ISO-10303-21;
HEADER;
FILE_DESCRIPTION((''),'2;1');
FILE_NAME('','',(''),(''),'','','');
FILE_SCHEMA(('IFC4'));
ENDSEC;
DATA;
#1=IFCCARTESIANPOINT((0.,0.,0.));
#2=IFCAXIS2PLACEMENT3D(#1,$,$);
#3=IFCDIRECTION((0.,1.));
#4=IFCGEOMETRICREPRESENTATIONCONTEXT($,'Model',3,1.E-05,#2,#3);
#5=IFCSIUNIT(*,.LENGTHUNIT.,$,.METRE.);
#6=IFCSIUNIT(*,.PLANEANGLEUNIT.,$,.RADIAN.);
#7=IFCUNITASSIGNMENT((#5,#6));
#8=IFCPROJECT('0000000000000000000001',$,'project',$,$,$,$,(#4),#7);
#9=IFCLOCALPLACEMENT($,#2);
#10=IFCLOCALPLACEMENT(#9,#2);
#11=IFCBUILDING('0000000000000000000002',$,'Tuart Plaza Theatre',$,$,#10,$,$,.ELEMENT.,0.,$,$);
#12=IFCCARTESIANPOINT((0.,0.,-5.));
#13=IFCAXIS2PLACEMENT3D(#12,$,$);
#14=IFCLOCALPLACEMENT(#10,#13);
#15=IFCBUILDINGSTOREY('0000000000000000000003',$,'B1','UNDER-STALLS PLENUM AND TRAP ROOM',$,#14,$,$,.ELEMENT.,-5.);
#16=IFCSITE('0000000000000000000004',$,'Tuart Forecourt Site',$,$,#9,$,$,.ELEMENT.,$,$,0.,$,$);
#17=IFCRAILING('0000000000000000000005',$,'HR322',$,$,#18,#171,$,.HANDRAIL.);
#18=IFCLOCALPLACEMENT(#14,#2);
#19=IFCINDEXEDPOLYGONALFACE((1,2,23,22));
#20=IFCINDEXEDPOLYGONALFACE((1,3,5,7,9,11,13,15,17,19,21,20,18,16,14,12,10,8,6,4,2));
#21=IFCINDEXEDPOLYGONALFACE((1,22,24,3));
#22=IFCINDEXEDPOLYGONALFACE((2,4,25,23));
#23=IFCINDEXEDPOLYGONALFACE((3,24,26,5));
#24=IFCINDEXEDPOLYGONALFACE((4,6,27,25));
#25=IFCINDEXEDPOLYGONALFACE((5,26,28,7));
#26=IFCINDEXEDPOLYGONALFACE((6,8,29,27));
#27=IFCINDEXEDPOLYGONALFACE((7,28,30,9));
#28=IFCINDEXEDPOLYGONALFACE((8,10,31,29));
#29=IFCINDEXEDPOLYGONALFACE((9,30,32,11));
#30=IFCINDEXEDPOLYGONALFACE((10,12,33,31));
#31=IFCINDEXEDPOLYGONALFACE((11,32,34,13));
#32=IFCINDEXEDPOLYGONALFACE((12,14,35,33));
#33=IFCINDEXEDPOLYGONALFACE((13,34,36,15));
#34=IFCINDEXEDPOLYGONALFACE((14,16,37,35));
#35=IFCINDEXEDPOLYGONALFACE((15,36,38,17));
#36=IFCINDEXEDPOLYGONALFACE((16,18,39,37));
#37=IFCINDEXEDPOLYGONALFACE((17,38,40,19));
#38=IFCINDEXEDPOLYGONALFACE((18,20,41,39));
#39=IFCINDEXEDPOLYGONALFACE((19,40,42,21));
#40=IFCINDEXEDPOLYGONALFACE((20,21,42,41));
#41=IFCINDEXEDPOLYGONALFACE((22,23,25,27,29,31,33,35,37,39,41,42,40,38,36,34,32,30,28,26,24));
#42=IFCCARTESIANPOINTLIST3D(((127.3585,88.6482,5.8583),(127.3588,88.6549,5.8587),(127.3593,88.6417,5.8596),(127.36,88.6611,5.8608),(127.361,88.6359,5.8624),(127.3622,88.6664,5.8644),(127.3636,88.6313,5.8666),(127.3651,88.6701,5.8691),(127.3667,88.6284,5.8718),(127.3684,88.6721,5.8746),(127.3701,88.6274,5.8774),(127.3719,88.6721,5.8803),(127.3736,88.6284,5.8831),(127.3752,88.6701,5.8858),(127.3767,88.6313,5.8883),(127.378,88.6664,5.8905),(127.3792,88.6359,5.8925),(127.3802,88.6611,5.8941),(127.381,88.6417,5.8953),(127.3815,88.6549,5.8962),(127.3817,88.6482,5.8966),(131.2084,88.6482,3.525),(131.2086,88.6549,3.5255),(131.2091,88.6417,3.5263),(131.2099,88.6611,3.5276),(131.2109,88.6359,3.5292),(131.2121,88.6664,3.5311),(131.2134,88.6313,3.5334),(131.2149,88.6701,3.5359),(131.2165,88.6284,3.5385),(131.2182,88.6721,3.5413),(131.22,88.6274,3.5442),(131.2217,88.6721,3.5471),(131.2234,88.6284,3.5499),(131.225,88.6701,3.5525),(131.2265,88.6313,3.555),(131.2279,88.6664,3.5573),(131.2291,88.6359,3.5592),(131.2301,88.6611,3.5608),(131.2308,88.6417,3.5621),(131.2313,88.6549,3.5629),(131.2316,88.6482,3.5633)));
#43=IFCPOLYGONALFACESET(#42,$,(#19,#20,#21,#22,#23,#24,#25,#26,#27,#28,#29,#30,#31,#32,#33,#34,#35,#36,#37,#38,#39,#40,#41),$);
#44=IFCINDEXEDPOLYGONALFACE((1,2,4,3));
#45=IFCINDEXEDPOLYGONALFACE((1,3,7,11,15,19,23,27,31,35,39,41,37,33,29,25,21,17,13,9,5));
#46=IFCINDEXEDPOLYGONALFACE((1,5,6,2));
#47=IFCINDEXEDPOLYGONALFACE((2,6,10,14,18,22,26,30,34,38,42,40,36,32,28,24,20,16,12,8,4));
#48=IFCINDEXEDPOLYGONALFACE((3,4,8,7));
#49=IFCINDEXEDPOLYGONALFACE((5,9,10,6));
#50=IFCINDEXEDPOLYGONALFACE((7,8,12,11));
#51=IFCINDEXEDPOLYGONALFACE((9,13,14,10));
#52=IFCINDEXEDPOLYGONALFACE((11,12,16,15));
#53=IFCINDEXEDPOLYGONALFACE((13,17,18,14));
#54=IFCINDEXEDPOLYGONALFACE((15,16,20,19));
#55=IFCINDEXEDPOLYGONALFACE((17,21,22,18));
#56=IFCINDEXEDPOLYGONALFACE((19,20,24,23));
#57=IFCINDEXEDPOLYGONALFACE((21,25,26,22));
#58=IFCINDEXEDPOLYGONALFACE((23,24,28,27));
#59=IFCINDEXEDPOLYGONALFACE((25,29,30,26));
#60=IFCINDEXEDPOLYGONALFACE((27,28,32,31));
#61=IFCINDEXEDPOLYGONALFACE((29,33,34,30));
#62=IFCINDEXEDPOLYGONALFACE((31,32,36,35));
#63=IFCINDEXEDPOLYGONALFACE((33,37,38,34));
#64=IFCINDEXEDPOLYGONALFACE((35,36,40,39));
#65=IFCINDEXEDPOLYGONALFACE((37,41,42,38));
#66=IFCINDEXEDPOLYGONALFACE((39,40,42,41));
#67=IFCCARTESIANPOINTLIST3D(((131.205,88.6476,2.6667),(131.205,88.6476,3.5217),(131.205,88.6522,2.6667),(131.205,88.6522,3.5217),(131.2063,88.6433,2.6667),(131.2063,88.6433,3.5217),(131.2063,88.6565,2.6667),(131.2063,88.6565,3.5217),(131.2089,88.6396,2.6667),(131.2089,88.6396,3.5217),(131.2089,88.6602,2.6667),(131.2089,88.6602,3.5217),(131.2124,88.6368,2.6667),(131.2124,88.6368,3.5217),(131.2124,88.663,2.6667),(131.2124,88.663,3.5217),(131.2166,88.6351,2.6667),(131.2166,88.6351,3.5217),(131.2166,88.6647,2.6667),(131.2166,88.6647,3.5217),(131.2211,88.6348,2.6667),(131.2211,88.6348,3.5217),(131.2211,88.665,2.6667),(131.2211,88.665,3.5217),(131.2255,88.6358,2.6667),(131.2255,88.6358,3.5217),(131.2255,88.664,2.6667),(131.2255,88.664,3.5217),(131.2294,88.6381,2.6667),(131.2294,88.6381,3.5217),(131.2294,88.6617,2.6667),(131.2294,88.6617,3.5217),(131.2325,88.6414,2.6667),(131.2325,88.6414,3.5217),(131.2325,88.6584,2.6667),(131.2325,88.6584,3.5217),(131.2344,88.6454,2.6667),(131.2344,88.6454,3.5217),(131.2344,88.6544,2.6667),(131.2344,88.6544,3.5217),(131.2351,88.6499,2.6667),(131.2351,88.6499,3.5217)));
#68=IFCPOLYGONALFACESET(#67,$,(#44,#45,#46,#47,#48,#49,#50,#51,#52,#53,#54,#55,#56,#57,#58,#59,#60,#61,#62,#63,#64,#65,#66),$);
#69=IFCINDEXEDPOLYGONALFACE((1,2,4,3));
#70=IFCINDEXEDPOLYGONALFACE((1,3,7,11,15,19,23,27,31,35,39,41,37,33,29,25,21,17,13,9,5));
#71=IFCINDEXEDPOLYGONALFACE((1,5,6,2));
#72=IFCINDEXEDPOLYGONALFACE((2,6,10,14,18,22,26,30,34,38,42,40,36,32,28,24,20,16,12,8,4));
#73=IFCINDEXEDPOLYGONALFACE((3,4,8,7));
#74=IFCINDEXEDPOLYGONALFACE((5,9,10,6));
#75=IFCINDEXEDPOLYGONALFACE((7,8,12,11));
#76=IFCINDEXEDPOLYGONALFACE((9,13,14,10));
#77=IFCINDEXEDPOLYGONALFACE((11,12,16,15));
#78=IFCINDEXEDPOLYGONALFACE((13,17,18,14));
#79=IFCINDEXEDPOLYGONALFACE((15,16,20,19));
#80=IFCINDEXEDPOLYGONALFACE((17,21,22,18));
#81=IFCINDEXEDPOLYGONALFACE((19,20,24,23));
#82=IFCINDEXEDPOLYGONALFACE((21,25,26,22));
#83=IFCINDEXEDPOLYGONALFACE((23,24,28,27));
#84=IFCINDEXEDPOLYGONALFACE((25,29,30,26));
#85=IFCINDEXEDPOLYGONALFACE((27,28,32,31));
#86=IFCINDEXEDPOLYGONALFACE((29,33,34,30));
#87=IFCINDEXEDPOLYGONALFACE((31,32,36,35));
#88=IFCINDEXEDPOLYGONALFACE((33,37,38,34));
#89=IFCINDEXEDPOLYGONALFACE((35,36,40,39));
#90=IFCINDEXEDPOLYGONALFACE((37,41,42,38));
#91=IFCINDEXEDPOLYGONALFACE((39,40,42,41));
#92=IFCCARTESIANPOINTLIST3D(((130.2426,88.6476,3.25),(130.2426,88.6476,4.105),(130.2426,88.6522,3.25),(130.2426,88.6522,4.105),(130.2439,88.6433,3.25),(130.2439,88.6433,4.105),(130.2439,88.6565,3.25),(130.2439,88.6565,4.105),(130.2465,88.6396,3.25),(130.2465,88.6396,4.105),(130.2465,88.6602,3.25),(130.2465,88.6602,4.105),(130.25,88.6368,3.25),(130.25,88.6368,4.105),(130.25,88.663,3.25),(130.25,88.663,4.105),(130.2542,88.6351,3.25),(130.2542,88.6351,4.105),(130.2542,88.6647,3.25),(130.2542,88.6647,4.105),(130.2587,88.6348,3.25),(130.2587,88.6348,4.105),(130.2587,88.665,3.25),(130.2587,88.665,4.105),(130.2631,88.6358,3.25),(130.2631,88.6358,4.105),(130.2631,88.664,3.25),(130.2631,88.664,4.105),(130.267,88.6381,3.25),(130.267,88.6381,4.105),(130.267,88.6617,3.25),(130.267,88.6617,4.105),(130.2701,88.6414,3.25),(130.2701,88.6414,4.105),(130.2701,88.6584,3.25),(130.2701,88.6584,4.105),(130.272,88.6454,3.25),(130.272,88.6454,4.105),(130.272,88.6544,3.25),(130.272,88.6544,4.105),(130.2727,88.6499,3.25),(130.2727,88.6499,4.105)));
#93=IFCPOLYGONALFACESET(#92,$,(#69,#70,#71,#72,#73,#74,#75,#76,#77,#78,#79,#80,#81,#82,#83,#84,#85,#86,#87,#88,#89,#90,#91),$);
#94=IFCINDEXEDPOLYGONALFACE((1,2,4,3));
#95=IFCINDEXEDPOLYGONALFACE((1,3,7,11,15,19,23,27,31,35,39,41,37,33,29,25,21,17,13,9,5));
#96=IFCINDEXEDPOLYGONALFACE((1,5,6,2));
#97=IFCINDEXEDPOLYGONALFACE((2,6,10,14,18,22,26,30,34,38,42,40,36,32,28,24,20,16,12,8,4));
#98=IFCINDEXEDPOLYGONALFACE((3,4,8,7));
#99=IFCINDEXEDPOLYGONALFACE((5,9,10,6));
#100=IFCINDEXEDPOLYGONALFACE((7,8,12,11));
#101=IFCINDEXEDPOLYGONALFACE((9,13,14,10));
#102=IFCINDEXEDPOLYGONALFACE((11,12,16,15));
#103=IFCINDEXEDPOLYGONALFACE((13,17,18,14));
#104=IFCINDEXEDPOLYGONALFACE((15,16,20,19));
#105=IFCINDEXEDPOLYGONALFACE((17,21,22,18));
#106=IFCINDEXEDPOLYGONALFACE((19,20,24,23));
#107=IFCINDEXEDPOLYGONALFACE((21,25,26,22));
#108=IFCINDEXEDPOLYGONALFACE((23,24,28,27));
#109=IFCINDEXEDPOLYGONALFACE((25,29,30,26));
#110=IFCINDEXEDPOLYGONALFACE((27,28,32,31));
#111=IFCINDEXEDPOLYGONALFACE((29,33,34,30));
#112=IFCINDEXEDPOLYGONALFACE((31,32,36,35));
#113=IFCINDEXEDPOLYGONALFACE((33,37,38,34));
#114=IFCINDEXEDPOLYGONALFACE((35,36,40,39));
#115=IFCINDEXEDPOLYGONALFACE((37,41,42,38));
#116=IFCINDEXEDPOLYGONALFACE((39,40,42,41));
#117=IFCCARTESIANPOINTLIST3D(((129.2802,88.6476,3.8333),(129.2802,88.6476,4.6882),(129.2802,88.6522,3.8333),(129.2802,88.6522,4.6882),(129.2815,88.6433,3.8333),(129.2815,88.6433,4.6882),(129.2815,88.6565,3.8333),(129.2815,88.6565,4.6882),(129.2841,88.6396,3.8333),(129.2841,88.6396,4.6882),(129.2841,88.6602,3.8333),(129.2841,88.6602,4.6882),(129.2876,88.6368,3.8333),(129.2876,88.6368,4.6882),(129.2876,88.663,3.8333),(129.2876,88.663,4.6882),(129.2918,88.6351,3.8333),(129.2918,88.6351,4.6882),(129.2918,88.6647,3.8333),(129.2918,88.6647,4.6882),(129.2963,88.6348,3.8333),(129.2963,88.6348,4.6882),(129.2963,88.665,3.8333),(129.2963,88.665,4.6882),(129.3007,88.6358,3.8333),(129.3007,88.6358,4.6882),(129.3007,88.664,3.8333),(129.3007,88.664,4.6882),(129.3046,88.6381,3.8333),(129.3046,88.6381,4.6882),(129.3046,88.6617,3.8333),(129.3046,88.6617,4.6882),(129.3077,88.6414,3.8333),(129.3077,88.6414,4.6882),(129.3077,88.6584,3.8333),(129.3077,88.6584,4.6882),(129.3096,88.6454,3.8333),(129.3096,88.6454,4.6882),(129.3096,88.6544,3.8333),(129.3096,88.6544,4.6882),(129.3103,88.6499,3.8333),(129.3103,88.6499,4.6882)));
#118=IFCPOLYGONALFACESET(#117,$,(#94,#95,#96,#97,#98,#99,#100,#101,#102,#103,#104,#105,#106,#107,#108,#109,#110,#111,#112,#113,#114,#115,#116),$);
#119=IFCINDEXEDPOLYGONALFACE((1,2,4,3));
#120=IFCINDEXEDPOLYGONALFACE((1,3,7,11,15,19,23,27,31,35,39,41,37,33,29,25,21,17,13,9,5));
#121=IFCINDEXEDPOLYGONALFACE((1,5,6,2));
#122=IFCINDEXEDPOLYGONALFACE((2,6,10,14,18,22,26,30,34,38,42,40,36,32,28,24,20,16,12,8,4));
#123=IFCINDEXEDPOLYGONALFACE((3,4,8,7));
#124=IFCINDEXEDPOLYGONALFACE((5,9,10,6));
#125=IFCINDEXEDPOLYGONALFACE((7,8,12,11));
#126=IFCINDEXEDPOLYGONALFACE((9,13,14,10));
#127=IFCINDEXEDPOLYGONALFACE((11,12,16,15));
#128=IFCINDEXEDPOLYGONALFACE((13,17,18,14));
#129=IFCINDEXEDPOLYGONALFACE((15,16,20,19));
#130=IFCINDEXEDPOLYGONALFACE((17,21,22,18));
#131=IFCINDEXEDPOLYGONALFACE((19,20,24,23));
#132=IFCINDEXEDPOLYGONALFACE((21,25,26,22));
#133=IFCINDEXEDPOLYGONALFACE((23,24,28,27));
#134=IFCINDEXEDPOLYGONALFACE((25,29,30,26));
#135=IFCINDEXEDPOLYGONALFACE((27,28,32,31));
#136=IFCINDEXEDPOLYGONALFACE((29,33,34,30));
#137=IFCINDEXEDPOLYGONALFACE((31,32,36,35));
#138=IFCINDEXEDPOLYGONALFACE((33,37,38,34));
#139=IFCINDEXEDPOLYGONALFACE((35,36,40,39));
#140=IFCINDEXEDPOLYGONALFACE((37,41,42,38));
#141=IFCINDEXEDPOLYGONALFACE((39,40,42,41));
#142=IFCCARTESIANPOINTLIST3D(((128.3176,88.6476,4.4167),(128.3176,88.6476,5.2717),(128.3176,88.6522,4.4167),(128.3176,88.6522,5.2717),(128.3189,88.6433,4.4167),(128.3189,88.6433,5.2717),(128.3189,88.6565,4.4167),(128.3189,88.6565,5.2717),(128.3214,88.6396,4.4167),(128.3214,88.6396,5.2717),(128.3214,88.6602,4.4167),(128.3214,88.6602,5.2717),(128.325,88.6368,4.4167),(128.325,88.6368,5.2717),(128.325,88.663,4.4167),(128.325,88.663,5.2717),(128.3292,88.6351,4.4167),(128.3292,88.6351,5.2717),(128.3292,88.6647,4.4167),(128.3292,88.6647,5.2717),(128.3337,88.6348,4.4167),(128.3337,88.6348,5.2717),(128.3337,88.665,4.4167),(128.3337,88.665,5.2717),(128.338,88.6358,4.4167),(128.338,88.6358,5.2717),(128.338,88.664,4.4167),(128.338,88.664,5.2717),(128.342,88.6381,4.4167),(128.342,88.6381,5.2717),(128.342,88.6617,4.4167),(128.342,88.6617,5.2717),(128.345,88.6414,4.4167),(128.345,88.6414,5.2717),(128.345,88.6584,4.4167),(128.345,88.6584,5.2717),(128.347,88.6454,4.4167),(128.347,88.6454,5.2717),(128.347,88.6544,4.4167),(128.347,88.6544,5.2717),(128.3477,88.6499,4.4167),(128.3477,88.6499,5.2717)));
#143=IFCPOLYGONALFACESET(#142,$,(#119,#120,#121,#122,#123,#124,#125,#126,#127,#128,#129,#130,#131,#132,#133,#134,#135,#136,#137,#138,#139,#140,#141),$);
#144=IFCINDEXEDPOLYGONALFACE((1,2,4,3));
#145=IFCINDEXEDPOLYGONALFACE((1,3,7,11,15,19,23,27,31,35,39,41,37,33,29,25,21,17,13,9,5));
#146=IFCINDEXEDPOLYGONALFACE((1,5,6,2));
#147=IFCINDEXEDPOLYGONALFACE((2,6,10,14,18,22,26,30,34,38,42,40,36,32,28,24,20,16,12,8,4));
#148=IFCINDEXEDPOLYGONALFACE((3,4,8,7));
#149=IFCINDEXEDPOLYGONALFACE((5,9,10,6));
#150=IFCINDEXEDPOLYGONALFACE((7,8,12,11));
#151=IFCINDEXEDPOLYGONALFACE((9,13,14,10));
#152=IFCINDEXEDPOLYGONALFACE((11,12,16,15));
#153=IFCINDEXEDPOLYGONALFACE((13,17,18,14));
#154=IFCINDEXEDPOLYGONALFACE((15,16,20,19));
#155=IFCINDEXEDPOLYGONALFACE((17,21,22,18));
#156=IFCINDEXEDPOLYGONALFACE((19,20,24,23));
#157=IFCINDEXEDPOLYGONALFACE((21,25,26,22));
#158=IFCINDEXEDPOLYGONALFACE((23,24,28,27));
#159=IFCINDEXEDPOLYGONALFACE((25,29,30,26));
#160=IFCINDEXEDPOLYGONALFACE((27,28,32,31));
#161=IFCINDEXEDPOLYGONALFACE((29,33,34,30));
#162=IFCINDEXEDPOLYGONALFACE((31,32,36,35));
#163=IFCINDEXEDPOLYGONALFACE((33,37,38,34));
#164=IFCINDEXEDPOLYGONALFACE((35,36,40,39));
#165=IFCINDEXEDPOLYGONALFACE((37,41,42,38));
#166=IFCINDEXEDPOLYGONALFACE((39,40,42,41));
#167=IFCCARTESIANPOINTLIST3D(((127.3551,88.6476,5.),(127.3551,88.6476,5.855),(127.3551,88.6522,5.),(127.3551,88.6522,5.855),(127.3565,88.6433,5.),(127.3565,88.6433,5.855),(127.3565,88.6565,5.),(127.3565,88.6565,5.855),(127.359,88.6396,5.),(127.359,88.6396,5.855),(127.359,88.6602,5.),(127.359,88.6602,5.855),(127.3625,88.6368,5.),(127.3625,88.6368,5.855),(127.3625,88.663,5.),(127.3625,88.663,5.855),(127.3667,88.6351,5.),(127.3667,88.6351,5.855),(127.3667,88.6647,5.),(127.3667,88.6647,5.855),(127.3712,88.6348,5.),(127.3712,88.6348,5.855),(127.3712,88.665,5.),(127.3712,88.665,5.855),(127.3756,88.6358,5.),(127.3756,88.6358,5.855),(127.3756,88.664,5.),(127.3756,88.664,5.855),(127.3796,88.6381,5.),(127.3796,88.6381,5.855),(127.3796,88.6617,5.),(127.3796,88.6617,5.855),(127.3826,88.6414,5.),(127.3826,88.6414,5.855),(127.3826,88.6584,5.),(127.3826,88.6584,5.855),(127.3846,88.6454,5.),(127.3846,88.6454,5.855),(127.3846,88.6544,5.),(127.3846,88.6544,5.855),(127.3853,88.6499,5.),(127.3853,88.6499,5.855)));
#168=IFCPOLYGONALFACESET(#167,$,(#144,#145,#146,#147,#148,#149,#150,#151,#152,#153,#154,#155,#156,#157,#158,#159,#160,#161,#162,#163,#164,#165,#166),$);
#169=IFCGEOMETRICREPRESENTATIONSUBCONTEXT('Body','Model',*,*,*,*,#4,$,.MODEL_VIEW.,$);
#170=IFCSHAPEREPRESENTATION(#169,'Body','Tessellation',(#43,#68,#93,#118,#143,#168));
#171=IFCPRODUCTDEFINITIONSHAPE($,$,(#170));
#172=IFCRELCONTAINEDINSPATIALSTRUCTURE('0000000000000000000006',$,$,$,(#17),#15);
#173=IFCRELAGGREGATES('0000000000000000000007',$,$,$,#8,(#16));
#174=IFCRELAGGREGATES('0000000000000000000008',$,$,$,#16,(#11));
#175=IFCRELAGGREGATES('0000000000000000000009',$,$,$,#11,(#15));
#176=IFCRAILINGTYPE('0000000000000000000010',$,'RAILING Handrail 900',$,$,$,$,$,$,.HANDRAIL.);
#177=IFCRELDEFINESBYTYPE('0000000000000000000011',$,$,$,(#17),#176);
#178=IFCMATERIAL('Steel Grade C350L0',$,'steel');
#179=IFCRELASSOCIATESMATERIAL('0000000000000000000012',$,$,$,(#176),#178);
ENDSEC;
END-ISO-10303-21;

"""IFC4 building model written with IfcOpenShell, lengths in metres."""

from ifc_helpers import new_model, si_unit, direction, frame, origin, origin_2d, place, context, subcontext, project, spatial, circle, extrude, material, type_object, element, save


model = new_model("IFC4")

# Units and contexts
model_context = context("Model", 3, precision=1e-05, world=origin(), true_north=direction((0.0, 1.0)))
body_context = subcontext(model_context, "Body", "Model", "MODEL_VIEW")
ifc_project = project(units=[si_unit("LENGTHUNIT", "METRE"), si_unit("PLANEANGLEUNIT", "RADIAN")], contexts=[model_context])

# Site, building, storey
site_placement = place(None, origin())
site = spatial("IfcSite", under=ifc_project, at=site_placement, Name="Tuart Forecourt Site", CompositionType="ELEMENT", RefElevation=0.0)
building_placement = place(site_placement, origin())
building = spatial("IfcBuilding", under=site, at=building_placement, Name="Tuart Plaza Theatre", CompositionType="ELEMENT", ElevationOfRefHeight=0.0)
storey_placement = place(building_placement, frame((0.0, 0.0, -5.0)))
storey = spatial("IfcBuildingStorey", under=building, at=storey_placement, Name="B1", Description="UNDER-STALLS PLENUM AND TRAP ROOM", CompositionType="ELEMENT", Elevation=-5.0)

# Railing
ifc_material_1 = material(Name="Steel Grade C350L0", Category="steel")
railing_type_1 = type_object("IfcRailingType", Name="RAILING Handrail 900", PredefinedType="HANDRAIL", material=ifc_material_1)
for number, where, name in (
    (1, (131.22, 88.6499, 2.6667), "HR322"),
):
    element("IfcRailing", number, at=place(storey_placement, frame(where)), inside=storey, type_object=railing_type_1, Name=name, PredefinedType="HANDRAIL", context=body_context, shape_type="SweptSolid", body=[
        extrude(circle(Radius=0.0225, at=origin_2d()), frame((0.0, 0.0, 0.8774), z_axis=(-0.855197, 0.0, 0.518303), x_axis=(0.0, -1.0, 0.0)), (0.0, 0.0, 1.0), 4.5017),
        extrude(circle(Radius=0.0151, at=origin_2d()), origin(), (0.0, 0.0, 1.0), 0.855),
        extrude(circle(Radius=0.0151, at=origin_2d()), frame((-0.9624, 0.0, 0.5833)), (0.0, 0.0, 1.0), 0.855),
        extrude(circle(Radius=0.0151, at=origin_2d()), frame((-1.9248, 0.0, 1.1665)), (0.0, 0.0, 1.0), 0.855),
        extrude(circle(Radius=0.0151, at=origin_2d()), frame((-2.8875, 0.0, 1.75)), (0.0, 0.0, 1.0), 0.855),
        extrude(circle(Radius=0.0151, at=origin_2d()), frame((-3.8499, 0.0, 2.3333)), (0.0, 0.0, 1.0), 0.855),
    ])

save(model, "model.ifc")
